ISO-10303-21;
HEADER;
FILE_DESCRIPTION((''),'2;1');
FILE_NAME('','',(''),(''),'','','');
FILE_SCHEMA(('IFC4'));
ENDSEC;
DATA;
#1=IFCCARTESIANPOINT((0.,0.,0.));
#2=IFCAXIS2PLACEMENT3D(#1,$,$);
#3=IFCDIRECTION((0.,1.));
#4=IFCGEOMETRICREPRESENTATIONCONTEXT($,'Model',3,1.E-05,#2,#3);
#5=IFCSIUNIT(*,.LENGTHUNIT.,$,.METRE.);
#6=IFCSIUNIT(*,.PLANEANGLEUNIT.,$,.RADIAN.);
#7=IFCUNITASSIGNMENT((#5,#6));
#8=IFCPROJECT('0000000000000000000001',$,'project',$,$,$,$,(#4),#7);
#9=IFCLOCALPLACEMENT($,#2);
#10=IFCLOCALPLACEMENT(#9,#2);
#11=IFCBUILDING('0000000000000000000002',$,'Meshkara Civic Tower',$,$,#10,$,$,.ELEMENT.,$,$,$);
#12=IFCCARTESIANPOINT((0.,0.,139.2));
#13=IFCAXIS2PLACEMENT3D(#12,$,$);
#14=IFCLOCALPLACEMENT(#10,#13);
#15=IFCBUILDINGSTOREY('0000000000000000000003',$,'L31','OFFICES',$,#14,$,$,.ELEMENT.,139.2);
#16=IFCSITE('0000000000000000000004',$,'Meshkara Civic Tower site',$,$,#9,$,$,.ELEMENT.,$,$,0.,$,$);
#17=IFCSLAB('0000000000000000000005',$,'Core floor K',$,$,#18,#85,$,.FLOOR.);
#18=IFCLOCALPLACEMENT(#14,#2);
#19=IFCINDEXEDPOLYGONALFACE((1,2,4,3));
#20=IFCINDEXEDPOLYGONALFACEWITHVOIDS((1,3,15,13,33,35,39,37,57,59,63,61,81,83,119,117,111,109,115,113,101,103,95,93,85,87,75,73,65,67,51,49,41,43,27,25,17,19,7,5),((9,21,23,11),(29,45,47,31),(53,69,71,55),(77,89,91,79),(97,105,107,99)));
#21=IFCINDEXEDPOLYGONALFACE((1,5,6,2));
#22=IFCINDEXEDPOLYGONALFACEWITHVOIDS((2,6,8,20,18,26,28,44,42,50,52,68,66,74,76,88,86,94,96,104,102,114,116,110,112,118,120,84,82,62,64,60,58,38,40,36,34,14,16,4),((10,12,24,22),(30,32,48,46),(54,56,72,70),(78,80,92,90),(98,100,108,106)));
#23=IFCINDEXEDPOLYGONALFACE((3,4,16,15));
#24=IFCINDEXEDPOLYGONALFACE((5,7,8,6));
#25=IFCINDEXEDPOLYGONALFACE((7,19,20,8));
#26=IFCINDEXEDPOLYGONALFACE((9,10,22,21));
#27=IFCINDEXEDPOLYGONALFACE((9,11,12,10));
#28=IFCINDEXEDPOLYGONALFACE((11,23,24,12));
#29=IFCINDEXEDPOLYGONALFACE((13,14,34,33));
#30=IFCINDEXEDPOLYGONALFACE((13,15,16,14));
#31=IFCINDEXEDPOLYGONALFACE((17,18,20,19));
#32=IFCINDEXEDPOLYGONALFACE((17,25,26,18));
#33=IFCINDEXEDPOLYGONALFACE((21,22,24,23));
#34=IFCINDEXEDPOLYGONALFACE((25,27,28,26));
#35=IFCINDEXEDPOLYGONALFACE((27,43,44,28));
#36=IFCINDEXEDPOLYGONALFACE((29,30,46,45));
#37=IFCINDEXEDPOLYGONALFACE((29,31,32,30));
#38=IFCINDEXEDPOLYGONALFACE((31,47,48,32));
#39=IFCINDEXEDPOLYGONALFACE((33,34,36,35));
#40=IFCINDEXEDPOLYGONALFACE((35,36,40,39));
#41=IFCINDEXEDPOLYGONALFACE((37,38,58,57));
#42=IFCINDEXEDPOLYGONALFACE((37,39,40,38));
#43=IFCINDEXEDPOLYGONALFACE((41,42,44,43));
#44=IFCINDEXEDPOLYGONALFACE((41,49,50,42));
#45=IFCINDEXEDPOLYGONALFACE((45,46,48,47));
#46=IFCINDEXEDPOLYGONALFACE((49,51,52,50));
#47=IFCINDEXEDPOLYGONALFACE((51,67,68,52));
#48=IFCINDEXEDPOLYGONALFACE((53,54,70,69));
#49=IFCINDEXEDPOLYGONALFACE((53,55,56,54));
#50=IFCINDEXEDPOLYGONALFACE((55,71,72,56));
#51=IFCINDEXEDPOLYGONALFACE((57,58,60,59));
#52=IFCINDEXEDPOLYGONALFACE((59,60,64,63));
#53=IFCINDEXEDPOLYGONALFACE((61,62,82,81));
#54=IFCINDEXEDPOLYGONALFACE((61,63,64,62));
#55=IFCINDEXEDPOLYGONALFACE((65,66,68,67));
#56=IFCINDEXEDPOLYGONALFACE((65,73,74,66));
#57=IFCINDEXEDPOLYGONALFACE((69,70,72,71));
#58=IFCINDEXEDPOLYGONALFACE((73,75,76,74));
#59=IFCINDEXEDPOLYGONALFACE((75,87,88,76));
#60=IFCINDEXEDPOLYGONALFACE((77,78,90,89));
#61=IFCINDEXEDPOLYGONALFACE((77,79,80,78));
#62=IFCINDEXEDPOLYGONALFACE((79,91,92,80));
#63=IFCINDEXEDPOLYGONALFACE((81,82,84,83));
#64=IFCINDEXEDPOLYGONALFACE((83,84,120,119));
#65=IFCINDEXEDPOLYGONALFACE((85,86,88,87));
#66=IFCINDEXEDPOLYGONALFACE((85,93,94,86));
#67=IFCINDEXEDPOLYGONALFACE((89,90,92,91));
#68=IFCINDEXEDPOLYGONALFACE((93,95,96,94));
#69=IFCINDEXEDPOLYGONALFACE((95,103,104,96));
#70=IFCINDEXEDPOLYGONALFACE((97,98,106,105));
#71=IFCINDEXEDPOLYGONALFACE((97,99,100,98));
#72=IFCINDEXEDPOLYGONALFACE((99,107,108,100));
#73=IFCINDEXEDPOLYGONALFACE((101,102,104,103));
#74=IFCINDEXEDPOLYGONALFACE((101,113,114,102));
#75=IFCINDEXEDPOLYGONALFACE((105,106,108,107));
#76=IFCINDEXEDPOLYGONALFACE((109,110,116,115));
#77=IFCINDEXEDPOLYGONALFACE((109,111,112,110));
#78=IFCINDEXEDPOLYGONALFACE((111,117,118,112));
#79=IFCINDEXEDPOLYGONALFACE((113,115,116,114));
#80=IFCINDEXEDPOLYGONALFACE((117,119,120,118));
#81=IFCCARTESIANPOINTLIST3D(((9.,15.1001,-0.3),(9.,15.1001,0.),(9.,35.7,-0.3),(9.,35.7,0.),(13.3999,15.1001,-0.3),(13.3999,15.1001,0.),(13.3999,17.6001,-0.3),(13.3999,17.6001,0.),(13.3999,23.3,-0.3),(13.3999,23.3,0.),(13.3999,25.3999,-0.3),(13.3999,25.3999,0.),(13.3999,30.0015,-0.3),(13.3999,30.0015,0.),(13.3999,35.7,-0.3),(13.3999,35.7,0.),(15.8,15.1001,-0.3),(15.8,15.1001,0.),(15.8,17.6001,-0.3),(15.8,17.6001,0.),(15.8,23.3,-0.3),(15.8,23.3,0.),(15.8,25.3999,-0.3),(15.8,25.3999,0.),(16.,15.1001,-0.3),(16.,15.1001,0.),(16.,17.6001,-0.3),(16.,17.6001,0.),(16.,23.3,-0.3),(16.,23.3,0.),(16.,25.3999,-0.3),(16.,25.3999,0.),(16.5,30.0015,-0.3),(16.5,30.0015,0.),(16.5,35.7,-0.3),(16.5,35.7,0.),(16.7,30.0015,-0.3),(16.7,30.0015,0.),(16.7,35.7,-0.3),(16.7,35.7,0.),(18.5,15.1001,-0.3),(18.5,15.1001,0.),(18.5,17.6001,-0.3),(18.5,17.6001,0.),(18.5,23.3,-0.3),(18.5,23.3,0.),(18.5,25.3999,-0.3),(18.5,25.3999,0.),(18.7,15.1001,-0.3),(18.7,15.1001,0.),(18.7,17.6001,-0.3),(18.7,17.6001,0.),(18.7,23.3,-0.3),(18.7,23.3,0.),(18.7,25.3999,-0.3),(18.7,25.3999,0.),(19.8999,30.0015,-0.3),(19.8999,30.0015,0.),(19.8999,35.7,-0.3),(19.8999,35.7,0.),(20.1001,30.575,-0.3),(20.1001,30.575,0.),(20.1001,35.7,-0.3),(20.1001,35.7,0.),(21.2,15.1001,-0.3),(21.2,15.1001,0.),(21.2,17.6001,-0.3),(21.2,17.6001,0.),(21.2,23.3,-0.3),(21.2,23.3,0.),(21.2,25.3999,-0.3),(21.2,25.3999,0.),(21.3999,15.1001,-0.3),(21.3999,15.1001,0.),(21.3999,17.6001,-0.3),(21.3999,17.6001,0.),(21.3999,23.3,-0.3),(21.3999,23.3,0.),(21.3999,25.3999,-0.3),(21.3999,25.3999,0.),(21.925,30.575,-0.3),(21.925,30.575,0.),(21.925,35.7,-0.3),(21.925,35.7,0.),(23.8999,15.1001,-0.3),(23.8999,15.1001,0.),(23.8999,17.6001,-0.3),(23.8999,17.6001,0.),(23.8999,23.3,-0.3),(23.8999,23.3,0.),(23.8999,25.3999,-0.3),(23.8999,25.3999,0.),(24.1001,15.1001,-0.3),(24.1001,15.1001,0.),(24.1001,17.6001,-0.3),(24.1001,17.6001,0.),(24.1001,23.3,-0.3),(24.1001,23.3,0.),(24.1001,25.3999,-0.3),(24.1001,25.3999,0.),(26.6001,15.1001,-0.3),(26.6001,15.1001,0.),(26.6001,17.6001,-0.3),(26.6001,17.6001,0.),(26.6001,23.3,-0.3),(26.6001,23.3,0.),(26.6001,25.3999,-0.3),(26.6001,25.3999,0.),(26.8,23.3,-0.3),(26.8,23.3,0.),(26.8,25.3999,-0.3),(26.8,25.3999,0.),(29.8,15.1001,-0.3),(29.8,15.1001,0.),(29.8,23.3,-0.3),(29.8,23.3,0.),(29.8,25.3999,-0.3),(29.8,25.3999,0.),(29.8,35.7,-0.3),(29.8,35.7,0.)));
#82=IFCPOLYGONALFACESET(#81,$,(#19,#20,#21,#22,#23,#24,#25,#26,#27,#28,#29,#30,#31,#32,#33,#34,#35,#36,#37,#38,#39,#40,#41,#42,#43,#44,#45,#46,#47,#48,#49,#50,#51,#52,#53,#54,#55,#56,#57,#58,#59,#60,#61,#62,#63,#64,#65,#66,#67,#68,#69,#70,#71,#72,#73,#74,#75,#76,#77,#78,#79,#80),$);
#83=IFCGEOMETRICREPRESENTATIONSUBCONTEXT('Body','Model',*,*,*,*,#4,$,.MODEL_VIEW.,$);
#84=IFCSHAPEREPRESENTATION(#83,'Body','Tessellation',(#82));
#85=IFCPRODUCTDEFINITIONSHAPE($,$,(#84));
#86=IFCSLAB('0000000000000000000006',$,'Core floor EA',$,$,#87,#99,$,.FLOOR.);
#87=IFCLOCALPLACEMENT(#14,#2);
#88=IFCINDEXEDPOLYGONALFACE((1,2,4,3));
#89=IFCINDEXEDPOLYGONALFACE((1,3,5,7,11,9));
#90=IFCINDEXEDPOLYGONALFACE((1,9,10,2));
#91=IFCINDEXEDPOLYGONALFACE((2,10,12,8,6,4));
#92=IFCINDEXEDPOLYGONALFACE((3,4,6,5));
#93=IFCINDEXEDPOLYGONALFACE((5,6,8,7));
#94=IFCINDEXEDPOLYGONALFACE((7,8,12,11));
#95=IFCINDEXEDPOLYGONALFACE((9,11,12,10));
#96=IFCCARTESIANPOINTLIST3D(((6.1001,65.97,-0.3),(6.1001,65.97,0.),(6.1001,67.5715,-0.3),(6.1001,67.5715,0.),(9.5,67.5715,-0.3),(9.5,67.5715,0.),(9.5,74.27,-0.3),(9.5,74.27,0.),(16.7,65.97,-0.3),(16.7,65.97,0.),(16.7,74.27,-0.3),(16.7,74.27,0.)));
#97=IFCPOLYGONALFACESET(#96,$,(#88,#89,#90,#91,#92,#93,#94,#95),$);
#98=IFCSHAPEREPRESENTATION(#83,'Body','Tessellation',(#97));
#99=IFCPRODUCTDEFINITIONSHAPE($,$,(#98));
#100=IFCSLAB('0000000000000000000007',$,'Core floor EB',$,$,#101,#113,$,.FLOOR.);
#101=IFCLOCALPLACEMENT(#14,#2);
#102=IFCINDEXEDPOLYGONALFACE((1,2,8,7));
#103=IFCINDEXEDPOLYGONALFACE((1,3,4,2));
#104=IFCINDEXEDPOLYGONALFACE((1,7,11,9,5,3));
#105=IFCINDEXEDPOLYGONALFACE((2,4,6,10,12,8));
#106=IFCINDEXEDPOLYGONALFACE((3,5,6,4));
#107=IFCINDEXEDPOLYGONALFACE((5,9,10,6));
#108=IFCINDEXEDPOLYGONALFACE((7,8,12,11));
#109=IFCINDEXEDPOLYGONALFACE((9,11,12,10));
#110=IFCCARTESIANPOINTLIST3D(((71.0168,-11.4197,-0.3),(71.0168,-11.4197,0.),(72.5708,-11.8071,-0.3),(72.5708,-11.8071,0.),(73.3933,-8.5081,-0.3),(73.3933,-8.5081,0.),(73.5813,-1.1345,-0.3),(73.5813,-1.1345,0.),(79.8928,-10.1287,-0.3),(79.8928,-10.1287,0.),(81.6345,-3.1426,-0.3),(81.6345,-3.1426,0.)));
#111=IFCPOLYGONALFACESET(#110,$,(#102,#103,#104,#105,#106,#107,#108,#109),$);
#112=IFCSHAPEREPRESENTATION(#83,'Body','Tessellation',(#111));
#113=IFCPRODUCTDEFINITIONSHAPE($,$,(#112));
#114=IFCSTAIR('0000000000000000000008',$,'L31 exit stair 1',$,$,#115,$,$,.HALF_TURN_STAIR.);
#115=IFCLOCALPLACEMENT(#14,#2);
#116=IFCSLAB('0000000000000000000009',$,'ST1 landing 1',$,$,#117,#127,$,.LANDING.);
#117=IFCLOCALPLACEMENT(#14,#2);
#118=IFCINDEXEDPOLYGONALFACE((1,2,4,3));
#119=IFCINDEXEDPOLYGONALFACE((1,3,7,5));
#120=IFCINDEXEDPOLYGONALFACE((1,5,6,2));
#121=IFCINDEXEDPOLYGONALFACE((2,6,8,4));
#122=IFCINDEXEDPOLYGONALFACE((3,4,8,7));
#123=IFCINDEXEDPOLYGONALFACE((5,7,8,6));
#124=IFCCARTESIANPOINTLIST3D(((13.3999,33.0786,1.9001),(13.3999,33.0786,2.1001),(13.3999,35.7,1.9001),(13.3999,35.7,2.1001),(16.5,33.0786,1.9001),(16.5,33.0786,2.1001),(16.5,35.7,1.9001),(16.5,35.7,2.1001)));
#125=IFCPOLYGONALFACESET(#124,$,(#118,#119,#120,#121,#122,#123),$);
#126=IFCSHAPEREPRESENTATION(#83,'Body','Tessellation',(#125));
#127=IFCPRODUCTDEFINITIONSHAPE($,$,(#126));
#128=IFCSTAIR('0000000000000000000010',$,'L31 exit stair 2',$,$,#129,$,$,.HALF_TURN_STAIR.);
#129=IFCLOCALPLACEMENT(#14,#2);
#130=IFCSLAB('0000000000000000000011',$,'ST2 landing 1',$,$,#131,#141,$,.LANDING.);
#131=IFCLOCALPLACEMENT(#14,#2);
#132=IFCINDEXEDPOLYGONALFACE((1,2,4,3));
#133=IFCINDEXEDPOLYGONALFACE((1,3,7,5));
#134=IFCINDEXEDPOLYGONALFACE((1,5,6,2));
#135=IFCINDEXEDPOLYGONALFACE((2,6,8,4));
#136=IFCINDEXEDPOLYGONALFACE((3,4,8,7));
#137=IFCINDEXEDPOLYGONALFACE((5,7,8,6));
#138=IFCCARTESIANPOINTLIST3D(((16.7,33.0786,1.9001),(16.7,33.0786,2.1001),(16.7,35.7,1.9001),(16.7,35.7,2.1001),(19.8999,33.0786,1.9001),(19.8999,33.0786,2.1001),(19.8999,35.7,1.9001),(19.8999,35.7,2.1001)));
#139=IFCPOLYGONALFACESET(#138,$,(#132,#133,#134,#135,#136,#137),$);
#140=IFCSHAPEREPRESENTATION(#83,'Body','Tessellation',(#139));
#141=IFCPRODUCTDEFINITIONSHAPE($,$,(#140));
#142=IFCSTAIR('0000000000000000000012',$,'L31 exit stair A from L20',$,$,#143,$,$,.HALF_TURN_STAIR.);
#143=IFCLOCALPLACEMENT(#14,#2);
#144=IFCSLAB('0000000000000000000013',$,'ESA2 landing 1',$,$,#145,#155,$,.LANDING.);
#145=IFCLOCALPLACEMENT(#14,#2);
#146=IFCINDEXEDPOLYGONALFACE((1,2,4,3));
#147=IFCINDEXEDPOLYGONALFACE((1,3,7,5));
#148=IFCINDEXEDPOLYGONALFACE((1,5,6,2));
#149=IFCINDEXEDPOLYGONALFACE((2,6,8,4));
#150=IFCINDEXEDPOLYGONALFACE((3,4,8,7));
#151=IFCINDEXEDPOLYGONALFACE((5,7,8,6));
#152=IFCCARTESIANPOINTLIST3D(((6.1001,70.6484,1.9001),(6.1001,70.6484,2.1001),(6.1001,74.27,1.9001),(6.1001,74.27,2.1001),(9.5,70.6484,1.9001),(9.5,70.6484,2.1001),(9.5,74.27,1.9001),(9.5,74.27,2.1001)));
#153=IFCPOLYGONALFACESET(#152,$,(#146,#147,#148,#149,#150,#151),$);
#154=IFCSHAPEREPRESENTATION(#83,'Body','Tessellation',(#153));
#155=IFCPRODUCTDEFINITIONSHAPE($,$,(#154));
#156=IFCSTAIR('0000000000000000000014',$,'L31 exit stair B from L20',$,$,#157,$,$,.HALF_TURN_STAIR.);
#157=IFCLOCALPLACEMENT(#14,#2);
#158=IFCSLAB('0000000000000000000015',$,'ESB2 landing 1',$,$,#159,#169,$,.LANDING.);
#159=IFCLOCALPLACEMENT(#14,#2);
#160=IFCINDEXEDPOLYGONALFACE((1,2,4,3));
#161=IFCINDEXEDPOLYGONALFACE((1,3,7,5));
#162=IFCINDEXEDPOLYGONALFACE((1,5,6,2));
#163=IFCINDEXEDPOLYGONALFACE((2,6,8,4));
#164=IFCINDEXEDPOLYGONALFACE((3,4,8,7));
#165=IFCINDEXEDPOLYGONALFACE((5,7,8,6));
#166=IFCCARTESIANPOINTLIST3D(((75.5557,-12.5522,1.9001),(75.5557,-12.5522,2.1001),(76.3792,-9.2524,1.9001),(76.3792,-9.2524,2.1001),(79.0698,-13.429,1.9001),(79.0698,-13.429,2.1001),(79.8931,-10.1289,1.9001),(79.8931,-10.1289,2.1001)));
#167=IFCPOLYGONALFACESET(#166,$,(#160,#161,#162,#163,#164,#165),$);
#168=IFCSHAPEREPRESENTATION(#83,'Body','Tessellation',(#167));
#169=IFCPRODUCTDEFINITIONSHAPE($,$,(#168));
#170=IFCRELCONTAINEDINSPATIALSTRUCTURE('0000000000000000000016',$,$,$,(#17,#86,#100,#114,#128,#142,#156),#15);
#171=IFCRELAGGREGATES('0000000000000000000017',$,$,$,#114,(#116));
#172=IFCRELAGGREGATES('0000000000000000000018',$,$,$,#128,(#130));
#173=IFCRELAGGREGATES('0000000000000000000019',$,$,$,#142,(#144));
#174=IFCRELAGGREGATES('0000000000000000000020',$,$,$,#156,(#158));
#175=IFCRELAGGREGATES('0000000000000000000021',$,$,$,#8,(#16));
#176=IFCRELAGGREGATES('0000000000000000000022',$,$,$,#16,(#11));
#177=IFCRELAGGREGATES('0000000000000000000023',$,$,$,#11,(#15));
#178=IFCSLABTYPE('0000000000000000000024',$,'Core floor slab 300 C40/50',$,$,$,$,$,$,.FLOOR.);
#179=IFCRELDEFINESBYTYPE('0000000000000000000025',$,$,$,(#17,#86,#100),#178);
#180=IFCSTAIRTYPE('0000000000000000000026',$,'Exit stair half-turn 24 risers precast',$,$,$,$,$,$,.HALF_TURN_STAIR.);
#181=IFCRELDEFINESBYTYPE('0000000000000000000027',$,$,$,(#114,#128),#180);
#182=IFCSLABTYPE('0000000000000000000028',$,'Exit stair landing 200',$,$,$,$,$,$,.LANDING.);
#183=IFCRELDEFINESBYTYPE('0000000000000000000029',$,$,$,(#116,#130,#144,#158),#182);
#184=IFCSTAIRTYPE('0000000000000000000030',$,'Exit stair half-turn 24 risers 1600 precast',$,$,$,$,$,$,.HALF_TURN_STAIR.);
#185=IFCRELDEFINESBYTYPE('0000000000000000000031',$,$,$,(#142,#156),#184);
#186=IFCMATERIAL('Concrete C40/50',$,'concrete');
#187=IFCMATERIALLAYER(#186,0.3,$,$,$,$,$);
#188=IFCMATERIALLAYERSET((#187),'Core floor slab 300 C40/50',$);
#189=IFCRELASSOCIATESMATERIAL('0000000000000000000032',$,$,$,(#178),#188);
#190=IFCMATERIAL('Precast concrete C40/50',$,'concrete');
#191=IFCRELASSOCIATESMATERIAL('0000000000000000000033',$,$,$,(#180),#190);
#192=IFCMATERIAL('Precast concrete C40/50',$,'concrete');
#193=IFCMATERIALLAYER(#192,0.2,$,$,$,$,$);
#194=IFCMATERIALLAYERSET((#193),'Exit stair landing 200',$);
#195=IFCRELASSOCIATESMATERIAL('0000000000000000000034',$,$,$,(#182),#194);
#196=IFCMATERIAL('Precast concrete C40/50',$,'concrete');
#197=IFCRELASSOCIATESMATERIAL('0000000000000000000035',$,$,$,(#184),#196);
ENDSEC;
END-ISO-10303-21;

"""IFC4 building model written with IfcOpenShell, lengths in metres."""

from ifc_helpers import new_model, si_unit, direction, frame, origin, place, context, subcontext, project, spatial, polyline, outline, extrude, material, layer, layer_set, type_object, element, aggregate, save


model = new_model("IFC4")

# Units and contexts
model_context = context("Model", 3, precision=1e-05, world=origin(), true_north=direction((0.0, 1.0)))
body_context = subcontext(model_context, "Body", "Model", "MODEL_VIEW")
ifc_project = project(units=[si_unit("LENGTHUNIT", "METRE"), si_unit("PLANEANGLEUNIT", "RADIAN")], contexts=[model_context])

# Site, building, storey
site_placement = place(None, origin())
site = spatial("IfcSite", under=ifc_project, at=site_placement, Name="Meshkara Civic Tower site", CompositionType="ELEMENT", RefElevation=0.0)
building_placement = place(site_placement, origin())
building = spatial("IfcBuilding", under=site, at=building_placement, Name="Meshkara Civic Tower", CompositionType="ELEMENT")
storey_placement = place(building_placement, frame((0.0, 0.0, 139.2)))
storey = spatial("IfcBuildingStorey", under=building, at=storey_placement, Name="L31", Description="OFFICES", CompositionType="ELEMENT", Elevation=139.2)

# Slabs
ifc_material_1 = material(Name="Concrete C40/50", Category="concrete")
ifc_layer_1 = layer(ifc_material_1, 0.3)
ifc_layer_set_1 = layer_set([ifc_layer_1], Name="Core floor slab 300 C40/50")
slab_type_1 = type_object("IfcSlabType", Name="Core floor slab 300 C40/50", PredefinedType="FLOOR", material=ifc_layer_set_1)
slab_1_placement = place(storey_placement, frame((0.0, 0.0, -0.3)))
element("IfcSlab", 1, at=slab_1_placement, inside=storey, type_object=slab_type_1, Name="Core floor K", PredefinedType="FLOOR", context=body_context, shape_type="SweptSolid", body=[
    extrude(outline(polyline([(9.0, 35.7), (13.3999, 35.7), (13.3999, 30.0015), (16.5, 30.0015), (16.5, 35.7), (16.7, 35.7), (16.7, 30.0015), (19.8999, 30.0015), (19.8999, 35.7), (20.1001, 35.7), (20.1001, 30.575), (21.925, 30.575), (21.925, 35.7), (29.8, 35.7), (29.8, 25.3999), (26.8, 25.3999), (26.8, 23.3), (29.8, 23.3), (29.8, 15.1001), (26.6001, 15.1001), (26.6001, 17.6001), (24.1001, 17.6001), (24.1001, 15.1001), (23.8999, 15.1001), (23.8999, 17.6001), (21.3999, 17.6001), (21.3999, 15.1001), (21.2, 15.1001), (21.2, 17.6001), (18.7, 17.6001), (18.7, 15.1001), (18.5, 15.1001), (18.5, 17.6001), (16.0, 17.6001), (16.0, 15.1001), (15.8, 15.1001), (15.8, 17.6001), (13.3999, 17.6001), (13.3999, 15.1001), (9.0, 15.1001), (9.0, 35.7)]), holes=[polyline([(13.3999, 25.3999), (13.3999, 23.3), (15.8, 23.3), (15.8, 25.3999), (13.3999, 25.3999)]), polyline([(18.5, 23.3), (18.5, 25.3999), (16.0, 25.3999), (16.0, 23.3), (18.5, 23.3)]), polyline([(18.7, 25.3999), (18.7, 23.3), (21.2, 23.3), (21.2, 25.3999), (18.7, 25.3999)]), polyline([(23.8999, 25.3999), (21.3999, 25.3999), (21.3999, 23.3), (23.8999, 23.3), (23.8999, 25.3999)]), polyline([(24.1001, 23.3), (26.6001, 23.3), (26.6001, 25.3999), (24.1001, 25.3999), (24.1001, 23.3)])]), origin(), (0.0, 0.0, 1.0), 0.3),
])
slab_2_placement = place(storey_placement, frame((0.0, 0.0, -0.3)))
element("IfcSlab", 2, at=slab_2_placement, inside=storey, type_object=slab_type_1, Name="Core floor EA", PredefinedType="FLOOR", context=body_context, shape_type="SweptSolid", body=[
    extrude(outline(polyline([(16.7, 65.97), (16.7, 74.27), (9.5, 74.27), (9.5, 67.5715), (6.1001, 67.5715), (6.1001, 65.97), (16.7, 65.97)])), origin(), (0.0, 0.0, 1.0), 0.3),
])
slab_3_placement = place(storey_placement, frame((0.0, 0.0, -0.3)))
element("IfcSlab", 3, at=slab_3_placement, inside=storey, type_object=slab_type_1, Name="Core floor EB", PredefinedType="FLOOR", context=body_context, shape_type="SweptSolid", body=[
    extrude(outline(polyline([(73.5813, -1.1345), (81.6345, -3.1426), (79.8928, -10.1287), (73.3933, -8.5081), (72.5708, -11.8071), (71.0168, -11.4197), (73.5813, -1.1345)])), origin(), (0.0, 0.0, 1.0), 0.3),
])

# Stairs, slabs
ifc_material_2 = material(Name="Precast concrete C40/50", Category="concrete")
stair_type_1 = type_object("IfcStairType", Name="Exit stair half-turn 24 risers precast", PredefinedType="HALF_TURN_STAIR", material=ifc_material_2)
stair_1_placement = place(storey_placement, origin())
stair_1 = element("IfcStair", 4, at=stair_1_placement, inside=storey, type_object=stair_type_1, Name="L31 exit stair 1", PredefinedType="HALF_TURN_STAIR")
ifc_material_3 = material(Name="Precast concrete C40/50", Category="concrete")
ifc_layer_2 = layer(ifc_material_3, 0.2)
ifc_layer_set_2 = layer_set([ifc_layer_2], Name="Exit stair landing 200")
slab_type_2 = type_object("IfcSlabType", Name="Exit stair landing 200", PredefinedType="LANDING", material=ifc_layer_set_2)
slab_4_placement = place(storey_placement, frame((0.0, 0.0, 1.9001)))
slab_4 = element("IfcSlab", 5, at=slab_4_placement, type_object=slab_type_2, Name="ST1 landing 1", PredefinedType="LANDING", context=body_context, shape_type="SweptSolid", body=[
    extrude(outline(polyline([(16.5, 33.0786), (16.5, 35.7), (13.3999, 35.7), (13.3999, 33.0786), (16.5, 33.0786)])), origin(), (0.0, 0.0, 1.0), 0.2),
])
aggregate(stair_1, [slab_4])
stair_2_placement = place(storey_placement, origin())
stair_2 = element("IfcStair", 6, at=stair_2_placement, inside=storey, type_object=stair_type_1, Name="L31 exit stair 2", PredefinedType="HALF_TURN_STAIR")
slab_5_placement = place(storey_placement, frame((0.0, 0.0, 1.9001)))
slab_5 = element("IfcSlab", 7, at=slab_5_placement, type_object=slab_type_2, Name="ST2 landing 1", PredefinedType="LANDING", context=body_context, shape_type="SweptSolid", body=[
    extrude(outline(polyline([(19.8999, 33.0786), (19.8999, 35.7), (16.7, 35.7), (16.7, 33.0786), (19.8999, 33.0786)])), origin(), (0.0, 0.0, 1.0), 0.2),
])
aggregate(stair_2, [slab_5])
ifc_material_4 = material(Name="Precast concrete C40/50", Category="concrete")
stair_type_2 = type_object("IfcStairType", Name="Exit stair half-turn 24 risers 1600 precast", PredefinedType="HALF_TURN_STAIR", material=ifc_material_4)
stair_3_placement = place(storey_placement, origin())
stair_3 = element("IfcStair", 8, at=stair_3_placement, inside=storey, type_object=stair_type_2, Name="L31 exit stair A from L20", PredefinedType="HALF_TURN_STAIR")
slab_6_placement = place(storey_placement, frame((0.0, 0.0, 1.9001)))
slab_6 = element("IfcSlab", 9, at=slab_6_placement, type_object=slab_type_2, Name="ESA2 landing 1", PredefinedType="LANDING", context=body_context, shape_type="SweptSolid", body=[
    extrude(outline(polyline([(9.5, 70.6484), (9.5, 74.27), (6.1001, 74.27), (6.1001, 70.6484), (9.5, 70.6484)])), origin(), (0.0, 0.0, 1.0), 0.2),
])
aggregate(stair_3, [slab_6])
stair_4_placement = place(storey_placement, origin())
stair_4 = element("IfcStair", 10, at=stair_4_placement, inside=storey, type_object=stair_type_2, Name="L31 exit stair B from L20", PredefinedType="HALF_TURN_STAIR")
slab_7_placement = place(storey_placement, frame((0.0, 0.0, 1.9001)))
slab_7 = element("IfcSlab", 11, at=slab_7_placement, type_object=slab_type_2, Name="ESB2 landing 1", PredefinedType="LANDING", context=body_context, shape_type="SweptSolid", body=[
    extrude(outline(polyline([(75.5557, -12.5522), (79.0698, -13.429), (79.8931, -10.1289), (76.3792, -9.2524), (75.5557, -12.5522)])), origin(), (0.0, 0.0, 1.0), 0.2),
])
aggregate(stair_4, [slab_7])

save(model, "model.ifc")
